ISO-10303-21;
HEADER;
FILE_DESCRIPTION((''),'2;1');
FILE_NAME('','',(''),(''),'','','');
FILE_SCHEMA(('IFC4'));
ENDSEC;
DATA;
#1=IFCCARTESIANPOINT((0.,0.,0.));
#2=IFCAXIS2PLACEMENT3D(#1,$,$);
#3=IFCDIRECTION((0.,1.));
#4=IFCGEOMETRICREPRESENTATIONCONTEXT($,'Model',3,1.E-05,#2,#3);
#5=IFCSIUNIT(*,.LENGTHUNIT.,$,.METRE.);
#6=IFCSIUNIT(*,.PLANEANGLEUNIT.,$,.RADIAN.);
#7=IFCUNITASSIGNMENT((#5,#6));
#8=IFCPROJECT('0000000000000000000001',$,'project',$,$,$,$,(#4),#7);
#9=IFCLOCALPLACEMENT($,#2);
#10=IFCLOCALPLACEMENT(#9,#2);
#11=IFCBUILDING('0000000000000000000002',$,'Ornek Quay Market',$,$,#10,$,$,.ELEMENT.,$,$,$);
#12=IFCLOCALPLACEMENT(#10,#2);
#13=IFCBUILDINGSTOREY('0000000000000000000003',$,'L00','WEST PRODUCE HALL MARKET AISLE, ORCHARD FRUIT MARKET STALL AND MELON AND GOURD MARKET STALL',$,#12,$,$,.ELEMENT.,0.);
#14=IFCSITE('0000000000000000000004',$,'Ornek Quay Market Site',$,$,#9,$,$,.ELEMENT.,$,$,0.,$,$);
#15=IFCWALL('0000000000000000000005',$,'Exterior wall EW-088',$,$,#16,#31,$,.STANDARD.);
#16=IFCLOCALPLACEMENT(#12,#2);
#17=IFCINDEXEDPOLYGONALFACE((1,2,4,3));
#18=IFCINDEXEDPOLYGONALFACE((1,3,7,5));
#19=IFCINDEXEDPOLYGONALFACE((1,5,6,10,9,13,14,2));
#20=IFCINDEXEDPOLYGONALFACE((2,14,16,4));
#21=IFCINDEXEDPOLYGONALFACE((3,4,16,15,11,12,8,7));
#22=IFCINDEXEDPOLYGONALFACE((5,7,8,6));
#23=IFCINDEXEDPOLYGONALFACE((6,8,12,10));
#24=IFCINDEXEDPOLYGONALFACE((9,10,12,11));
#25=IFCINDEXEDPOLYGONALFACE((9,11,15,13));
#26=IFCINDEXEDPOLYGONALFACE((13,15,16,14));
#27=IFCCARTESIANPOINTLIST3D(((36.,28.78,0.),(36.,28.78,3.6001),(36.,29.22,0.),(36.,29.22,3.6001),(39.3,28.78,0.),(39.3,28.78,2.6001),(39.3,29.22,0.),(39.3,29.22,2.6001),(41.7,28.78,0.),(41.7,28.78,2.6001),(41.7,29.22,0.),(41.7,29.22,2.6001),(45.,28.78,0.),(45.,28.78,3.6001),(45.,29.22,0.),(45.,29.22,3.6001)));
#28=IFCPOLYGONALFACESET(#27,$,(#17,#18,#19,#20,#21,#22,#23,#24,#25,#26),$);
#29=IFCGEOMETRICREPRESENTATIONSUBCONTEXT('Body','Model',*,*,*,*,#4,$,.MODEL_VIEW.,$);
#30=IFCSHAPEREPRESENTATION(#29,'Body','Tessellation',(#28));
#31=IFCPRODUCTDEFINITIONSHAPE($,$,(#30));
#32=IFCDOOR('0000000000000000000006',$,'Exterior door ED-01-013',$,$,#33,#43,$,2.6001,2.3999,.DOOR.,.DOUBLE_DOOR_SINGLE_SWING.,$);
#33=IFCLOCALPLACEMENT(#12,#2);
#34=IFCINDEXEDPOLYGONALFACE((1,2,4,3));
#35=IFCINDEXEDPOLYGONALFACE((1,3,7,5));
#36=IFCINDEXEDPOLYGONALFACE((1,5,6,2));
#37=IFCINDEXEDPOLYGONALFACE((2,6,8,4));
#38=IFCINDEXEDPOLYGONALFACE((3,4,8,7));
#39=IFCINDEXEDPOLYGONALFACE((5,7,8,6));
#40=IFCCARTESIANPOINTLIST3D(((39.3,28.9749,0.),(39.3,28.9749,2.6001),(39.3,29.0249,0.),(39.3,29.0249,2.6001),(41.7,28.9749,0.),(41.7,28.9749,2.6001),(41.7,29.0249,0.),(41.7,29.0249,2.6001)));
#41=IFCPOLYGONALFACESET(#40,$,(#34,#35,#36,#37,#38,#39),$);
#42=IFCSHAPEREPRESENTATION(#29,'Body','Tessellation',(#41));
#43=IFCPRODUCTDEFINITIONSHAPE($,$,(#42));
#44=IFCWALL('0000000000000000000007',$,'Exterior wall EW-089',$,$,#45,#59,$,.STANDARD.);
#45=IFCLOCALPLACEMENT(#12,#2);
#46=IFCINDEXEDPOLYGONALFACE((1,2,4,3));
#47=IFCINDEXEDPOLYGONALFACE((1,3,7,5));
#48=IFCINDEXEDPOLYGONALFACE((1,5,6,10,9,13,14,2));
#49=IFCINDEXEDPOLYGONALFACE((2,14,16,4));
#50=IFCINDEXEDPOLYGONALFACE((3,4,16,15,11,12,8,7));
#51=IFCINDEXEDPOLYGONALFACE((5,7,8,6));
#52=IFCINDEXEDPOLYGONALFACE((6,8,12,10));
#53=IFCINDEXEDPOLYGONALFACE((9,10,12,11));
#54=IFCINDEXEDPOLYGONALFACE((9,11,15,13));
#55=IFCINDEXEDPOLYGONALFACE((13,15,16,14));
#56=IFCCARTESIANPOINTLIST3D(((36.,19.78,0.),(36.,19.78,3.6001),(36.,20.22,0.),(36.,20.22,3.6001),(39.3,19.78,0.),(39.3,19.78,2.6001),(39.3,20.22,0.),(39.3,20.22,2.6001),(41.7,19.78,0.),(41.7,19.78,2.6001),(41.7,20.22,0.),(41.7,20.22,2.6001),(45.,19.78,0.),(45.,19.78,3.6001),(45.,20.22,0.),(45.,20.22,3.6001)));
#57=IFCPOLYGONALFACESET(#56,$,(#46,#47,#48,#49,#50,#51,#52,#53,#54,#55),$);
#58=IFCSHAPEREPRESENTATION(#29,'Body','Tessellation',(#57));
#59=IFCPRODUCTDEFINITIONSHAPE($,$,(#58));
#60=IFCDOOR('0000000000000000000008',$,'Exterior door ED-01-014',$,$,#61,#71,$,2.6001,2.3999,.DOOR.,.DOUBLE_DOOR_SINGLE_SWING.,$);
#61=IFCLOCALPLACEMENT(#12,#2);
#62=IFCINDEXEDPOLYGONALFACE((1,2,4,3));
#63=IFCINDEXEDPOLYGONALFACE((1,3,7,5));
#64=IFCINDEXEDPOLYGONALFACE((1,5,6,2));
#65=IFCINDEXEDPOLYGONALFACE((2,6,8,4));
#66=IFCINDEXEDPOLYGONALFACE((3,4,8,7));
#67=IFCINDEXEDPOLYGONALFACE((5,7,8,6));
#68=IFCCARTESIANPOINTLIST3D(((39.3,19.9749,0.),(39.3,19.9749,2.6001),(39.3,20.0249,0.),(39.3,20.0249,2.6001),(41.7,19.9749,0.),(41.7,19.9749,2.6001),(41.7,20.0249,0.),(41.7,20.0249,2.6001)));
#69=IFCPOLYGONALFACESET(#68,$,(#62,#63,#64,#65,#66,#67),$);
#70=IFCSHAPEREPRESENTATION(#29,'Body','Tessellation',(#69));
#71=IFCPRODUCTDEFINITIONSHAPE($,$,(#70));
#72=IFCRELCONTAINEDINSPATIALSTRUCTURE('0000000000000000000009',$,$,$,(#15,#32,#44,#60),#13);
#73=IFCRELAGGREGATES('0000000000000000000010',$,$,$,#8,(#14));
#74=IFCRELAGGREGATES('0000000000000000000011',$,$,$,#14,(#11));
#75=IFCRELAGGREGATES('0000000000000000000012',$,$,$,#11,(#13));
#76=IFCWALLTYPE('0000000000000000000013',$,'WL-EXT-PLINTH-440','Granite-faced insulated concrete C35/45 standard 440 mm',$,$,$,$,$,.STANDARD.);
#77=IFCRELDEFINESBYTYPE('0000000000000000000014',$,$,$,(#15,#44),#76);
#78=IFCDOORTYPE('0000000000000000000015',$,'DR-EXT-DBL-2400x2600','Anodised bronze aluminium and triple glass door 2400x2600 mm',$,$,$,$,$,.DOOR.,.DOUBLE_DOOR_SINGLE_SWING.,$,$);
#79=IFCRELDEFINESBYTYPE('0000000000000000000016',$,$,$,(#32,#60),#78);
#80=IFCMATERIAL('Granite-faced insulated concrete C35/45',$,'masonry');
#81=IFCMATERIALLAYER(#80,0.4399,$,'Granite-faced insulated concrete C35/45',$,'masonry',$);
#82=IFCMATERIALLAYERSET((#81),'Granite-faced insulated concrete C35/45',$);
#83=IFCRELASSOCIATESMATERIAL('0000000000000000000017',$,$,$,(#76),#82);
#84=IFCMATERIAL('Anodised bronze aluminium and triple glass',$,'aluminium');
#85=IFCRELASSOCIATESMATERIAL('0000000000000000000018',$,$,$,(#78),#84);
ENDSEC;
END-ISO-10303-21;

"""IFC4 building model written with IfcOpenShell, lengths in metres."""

from ifc_helpers import new_model, si_unit, direction, frame, frame_2d, origin, place, context, subcontext, project, spatial, rectangle, extrude, material, layer, layer_set, type_object, element, fill, save


model = new_model("IFC4")

# Units and contexts
model_context = context("Model", 3, precision=1e-05, world=origin(), true_north=direction((0.0, 1.0)))
body_context = subcontext(model_context, "Body", "Model", "MODEL_VIEW")
ifc_project = project(units=[si_unit("LENGTHUNIT", "METRE"), si_unit("PLANEANGLEUNIT", "RADIAN")], contexts=[model_context])

# Site, building, storey
site_placement = place(None, origin())
site = spatial("IfcSite", under=ifc_project, at=site_placement, Name="Ornek Quay Market Site", CompositionType="ELEMENT", RefElevation=0.0)
building_placement = place(site_placement, origin())
building = spatial("IfcBuilding", under=site, at=building_placement, Name="Ornek Quay Market", CompositionType="ELEMENT")
storey_placement = place(building_placement, origin())
storey = spatial("IfcBuildingStorey", under=building, at=storey_placement, Name="L00", Description="WEST PRODUCE HALL MARKET AISLE, ORCHARD FRUIT MARKET STALL AND MELON AND GOURD MARKET STALL", CompositionType="ELEMENT", Elevation=0.0)

# Walls, openings, doors
ifc_material_1 = material(Name="Granite-faced insulated concrete C35/45", Category="masonry")
ifc_layer = layer(ifc_material_1, 0.4399, Name="Granite-faced insulated concrete C35/45", Category="masonry")
ifc_layer_set = layer_set([ifc_layer], Name="Granite-faced insulated concrete C35/45")
wall_type = type_object("IfcWallType", Name="WL-EXT-PLINTH-440", Description="Granite-faced insulated concrete C35/45 standard 440 mm", PredefinedType="STANDARD", material=ifc_layer_set)
wall_1_placement = place(storey_placement, frame((36.0, 29.0, 0.0), z_axis=(0.0, 0.0, 1.0), x_axis=(1.0, 0.0, 0.0)))
wall_1 = element("IfcWall", 1, at=wall_1_placement, inside=storey, type_object=wall_type, Name="Exterior wall EW-088", PredefinedType="STANDARD", context=body_context, shape_type="SweptSolid", body=[
    extrude(rectangle(XDim=9.0, YDim=0.4399, at=frame_2d((4.5, 0.0))), origin(), (0.0, 0.0, 1.0), 3.6001),
])
opening_1_placement = place(wall_1_placement, frame((3.3, 0.0, 0.0)))
opening_1 = element("IfcOpeningElement", 2, at=opening_1_placement, cuts=wall_1, PredefinedType="OPENING", context=body_context, shape_type="SweptSolid", body=[
    extrude(rectangle(XDim=2.3999, YDim=2.6001, at=frame_2d((1.2, 1.3))), frame((0.0, 0.23, 0.0), z_axis=(0.0, -1.0, 0.0), x_axis=(1.0, 0.0, 0.0)), (0.0, 0.0, 1.0), 0.46),
])
ifc_material_2 = material(Name="Anodised bronze aluminium and triple glass", Category="aluminium")
door_type = type_object("IfcDoorType", Name="DR-EXT-DBL-2400x2600", Description="Anodised bronze aluminium and triple glass door 2400x2600 mm", OperationType="DOUBLE_DOOR_SINGLE_SWING", PredefinedType="DOOR", material=ifc_material_2)
door_1_placement = place(opening_1_placement, origin())
door_1 = element("IfcDoor", 3, at=door_1_placement, inside=storey, type_object=door_type, Name="Exterior door ED-01-013", OperationType="DOUBLE_DOOR_SINGLE_SWING", OverallHeight=2.6001, OverallWidth=2.3999, PredefinedType="DOOR", context=body_context, shape_type="SweptSolid", body=[
    extrude(rectangle(XDim=2.3999, YDim=2.6001, at=frame_2d((1.2, 1.3))), frame((0.0, 0.0249, 0.0), z_axis=(0.0, -1.0, 0.0), x_axis=(1.0, 0.0, 0.0)), (0.0, 0.0, 1.0), 0.05),
])
fill(opening_1, door_1)
wall_2_placement = place(storey_placement, frame((36.0, 20.0, 0.0), z_axis=(0.0, 0.0, 1.0), x_axis=(1.0, 0.0, 0.0)))
wall_2 = element("IfcWall", 4, at=wall_2_placement, inside=storey, type_object=wall_type, Name="Exterior wall EW-089", PredefinedType="STANDARD", context=body_context, shape_type="SweptSolid", body=[
    extrude(rectangle(XDim=9.0, YDim=0.4399, at=frame_2d((4.5, 0.0))), origin(), (0.0, 0.0, 1.0), 3.6001),
])
opening_2_placement = place(wall_2_placement, frame((3.3, 0.0, 0.0)))
opening_2 = element("IfcOpeningElement", 5, at=opening_2_placement, cuts=wall_2, PredefinedType="OPENING", context=body_context, shape_type="SweptSolid", body=[
    extrude(rectangle(XDim=2.3999, YDim=2.6001, at=frame_2d((1.2, 1.3))), frame((0.0, 0.23, 0.0), z_axis=(0.0, -1.0, 0.0), x_axis=(1.0, 0.0, 0.0)), (0.0, 0.0, 1.0), 0.46),
])
door_2_placement = place(opening_2_placement, origin())
door_2 = element("IfcDoor", 6, at=door_2_placement, inside=storey, type_object=door_type, Name="Exterior door ED-01-014", OperationType="DOUBLE_DOOR_SINGLE_SWING", OverallHeight=2.6001, OverallWidth=2.3999, PredefinedType="DOOR", context=body_context, shape_type="SweptSolid", body=[
    extrude(rectangle(XDim=2.3999, YDim=2.6001, at=frame_2d((1.2, 1.3))), frame((0.0, 0.0249, 0.0), z_axis=(0.0, -1.0, 0.0), x_axis=(1.0, 0.0, 0.0)), (0.0, 0.0, 1.0), 0.05),
])
fill(opening_2, door_2)

save(model, "model.ifc")
